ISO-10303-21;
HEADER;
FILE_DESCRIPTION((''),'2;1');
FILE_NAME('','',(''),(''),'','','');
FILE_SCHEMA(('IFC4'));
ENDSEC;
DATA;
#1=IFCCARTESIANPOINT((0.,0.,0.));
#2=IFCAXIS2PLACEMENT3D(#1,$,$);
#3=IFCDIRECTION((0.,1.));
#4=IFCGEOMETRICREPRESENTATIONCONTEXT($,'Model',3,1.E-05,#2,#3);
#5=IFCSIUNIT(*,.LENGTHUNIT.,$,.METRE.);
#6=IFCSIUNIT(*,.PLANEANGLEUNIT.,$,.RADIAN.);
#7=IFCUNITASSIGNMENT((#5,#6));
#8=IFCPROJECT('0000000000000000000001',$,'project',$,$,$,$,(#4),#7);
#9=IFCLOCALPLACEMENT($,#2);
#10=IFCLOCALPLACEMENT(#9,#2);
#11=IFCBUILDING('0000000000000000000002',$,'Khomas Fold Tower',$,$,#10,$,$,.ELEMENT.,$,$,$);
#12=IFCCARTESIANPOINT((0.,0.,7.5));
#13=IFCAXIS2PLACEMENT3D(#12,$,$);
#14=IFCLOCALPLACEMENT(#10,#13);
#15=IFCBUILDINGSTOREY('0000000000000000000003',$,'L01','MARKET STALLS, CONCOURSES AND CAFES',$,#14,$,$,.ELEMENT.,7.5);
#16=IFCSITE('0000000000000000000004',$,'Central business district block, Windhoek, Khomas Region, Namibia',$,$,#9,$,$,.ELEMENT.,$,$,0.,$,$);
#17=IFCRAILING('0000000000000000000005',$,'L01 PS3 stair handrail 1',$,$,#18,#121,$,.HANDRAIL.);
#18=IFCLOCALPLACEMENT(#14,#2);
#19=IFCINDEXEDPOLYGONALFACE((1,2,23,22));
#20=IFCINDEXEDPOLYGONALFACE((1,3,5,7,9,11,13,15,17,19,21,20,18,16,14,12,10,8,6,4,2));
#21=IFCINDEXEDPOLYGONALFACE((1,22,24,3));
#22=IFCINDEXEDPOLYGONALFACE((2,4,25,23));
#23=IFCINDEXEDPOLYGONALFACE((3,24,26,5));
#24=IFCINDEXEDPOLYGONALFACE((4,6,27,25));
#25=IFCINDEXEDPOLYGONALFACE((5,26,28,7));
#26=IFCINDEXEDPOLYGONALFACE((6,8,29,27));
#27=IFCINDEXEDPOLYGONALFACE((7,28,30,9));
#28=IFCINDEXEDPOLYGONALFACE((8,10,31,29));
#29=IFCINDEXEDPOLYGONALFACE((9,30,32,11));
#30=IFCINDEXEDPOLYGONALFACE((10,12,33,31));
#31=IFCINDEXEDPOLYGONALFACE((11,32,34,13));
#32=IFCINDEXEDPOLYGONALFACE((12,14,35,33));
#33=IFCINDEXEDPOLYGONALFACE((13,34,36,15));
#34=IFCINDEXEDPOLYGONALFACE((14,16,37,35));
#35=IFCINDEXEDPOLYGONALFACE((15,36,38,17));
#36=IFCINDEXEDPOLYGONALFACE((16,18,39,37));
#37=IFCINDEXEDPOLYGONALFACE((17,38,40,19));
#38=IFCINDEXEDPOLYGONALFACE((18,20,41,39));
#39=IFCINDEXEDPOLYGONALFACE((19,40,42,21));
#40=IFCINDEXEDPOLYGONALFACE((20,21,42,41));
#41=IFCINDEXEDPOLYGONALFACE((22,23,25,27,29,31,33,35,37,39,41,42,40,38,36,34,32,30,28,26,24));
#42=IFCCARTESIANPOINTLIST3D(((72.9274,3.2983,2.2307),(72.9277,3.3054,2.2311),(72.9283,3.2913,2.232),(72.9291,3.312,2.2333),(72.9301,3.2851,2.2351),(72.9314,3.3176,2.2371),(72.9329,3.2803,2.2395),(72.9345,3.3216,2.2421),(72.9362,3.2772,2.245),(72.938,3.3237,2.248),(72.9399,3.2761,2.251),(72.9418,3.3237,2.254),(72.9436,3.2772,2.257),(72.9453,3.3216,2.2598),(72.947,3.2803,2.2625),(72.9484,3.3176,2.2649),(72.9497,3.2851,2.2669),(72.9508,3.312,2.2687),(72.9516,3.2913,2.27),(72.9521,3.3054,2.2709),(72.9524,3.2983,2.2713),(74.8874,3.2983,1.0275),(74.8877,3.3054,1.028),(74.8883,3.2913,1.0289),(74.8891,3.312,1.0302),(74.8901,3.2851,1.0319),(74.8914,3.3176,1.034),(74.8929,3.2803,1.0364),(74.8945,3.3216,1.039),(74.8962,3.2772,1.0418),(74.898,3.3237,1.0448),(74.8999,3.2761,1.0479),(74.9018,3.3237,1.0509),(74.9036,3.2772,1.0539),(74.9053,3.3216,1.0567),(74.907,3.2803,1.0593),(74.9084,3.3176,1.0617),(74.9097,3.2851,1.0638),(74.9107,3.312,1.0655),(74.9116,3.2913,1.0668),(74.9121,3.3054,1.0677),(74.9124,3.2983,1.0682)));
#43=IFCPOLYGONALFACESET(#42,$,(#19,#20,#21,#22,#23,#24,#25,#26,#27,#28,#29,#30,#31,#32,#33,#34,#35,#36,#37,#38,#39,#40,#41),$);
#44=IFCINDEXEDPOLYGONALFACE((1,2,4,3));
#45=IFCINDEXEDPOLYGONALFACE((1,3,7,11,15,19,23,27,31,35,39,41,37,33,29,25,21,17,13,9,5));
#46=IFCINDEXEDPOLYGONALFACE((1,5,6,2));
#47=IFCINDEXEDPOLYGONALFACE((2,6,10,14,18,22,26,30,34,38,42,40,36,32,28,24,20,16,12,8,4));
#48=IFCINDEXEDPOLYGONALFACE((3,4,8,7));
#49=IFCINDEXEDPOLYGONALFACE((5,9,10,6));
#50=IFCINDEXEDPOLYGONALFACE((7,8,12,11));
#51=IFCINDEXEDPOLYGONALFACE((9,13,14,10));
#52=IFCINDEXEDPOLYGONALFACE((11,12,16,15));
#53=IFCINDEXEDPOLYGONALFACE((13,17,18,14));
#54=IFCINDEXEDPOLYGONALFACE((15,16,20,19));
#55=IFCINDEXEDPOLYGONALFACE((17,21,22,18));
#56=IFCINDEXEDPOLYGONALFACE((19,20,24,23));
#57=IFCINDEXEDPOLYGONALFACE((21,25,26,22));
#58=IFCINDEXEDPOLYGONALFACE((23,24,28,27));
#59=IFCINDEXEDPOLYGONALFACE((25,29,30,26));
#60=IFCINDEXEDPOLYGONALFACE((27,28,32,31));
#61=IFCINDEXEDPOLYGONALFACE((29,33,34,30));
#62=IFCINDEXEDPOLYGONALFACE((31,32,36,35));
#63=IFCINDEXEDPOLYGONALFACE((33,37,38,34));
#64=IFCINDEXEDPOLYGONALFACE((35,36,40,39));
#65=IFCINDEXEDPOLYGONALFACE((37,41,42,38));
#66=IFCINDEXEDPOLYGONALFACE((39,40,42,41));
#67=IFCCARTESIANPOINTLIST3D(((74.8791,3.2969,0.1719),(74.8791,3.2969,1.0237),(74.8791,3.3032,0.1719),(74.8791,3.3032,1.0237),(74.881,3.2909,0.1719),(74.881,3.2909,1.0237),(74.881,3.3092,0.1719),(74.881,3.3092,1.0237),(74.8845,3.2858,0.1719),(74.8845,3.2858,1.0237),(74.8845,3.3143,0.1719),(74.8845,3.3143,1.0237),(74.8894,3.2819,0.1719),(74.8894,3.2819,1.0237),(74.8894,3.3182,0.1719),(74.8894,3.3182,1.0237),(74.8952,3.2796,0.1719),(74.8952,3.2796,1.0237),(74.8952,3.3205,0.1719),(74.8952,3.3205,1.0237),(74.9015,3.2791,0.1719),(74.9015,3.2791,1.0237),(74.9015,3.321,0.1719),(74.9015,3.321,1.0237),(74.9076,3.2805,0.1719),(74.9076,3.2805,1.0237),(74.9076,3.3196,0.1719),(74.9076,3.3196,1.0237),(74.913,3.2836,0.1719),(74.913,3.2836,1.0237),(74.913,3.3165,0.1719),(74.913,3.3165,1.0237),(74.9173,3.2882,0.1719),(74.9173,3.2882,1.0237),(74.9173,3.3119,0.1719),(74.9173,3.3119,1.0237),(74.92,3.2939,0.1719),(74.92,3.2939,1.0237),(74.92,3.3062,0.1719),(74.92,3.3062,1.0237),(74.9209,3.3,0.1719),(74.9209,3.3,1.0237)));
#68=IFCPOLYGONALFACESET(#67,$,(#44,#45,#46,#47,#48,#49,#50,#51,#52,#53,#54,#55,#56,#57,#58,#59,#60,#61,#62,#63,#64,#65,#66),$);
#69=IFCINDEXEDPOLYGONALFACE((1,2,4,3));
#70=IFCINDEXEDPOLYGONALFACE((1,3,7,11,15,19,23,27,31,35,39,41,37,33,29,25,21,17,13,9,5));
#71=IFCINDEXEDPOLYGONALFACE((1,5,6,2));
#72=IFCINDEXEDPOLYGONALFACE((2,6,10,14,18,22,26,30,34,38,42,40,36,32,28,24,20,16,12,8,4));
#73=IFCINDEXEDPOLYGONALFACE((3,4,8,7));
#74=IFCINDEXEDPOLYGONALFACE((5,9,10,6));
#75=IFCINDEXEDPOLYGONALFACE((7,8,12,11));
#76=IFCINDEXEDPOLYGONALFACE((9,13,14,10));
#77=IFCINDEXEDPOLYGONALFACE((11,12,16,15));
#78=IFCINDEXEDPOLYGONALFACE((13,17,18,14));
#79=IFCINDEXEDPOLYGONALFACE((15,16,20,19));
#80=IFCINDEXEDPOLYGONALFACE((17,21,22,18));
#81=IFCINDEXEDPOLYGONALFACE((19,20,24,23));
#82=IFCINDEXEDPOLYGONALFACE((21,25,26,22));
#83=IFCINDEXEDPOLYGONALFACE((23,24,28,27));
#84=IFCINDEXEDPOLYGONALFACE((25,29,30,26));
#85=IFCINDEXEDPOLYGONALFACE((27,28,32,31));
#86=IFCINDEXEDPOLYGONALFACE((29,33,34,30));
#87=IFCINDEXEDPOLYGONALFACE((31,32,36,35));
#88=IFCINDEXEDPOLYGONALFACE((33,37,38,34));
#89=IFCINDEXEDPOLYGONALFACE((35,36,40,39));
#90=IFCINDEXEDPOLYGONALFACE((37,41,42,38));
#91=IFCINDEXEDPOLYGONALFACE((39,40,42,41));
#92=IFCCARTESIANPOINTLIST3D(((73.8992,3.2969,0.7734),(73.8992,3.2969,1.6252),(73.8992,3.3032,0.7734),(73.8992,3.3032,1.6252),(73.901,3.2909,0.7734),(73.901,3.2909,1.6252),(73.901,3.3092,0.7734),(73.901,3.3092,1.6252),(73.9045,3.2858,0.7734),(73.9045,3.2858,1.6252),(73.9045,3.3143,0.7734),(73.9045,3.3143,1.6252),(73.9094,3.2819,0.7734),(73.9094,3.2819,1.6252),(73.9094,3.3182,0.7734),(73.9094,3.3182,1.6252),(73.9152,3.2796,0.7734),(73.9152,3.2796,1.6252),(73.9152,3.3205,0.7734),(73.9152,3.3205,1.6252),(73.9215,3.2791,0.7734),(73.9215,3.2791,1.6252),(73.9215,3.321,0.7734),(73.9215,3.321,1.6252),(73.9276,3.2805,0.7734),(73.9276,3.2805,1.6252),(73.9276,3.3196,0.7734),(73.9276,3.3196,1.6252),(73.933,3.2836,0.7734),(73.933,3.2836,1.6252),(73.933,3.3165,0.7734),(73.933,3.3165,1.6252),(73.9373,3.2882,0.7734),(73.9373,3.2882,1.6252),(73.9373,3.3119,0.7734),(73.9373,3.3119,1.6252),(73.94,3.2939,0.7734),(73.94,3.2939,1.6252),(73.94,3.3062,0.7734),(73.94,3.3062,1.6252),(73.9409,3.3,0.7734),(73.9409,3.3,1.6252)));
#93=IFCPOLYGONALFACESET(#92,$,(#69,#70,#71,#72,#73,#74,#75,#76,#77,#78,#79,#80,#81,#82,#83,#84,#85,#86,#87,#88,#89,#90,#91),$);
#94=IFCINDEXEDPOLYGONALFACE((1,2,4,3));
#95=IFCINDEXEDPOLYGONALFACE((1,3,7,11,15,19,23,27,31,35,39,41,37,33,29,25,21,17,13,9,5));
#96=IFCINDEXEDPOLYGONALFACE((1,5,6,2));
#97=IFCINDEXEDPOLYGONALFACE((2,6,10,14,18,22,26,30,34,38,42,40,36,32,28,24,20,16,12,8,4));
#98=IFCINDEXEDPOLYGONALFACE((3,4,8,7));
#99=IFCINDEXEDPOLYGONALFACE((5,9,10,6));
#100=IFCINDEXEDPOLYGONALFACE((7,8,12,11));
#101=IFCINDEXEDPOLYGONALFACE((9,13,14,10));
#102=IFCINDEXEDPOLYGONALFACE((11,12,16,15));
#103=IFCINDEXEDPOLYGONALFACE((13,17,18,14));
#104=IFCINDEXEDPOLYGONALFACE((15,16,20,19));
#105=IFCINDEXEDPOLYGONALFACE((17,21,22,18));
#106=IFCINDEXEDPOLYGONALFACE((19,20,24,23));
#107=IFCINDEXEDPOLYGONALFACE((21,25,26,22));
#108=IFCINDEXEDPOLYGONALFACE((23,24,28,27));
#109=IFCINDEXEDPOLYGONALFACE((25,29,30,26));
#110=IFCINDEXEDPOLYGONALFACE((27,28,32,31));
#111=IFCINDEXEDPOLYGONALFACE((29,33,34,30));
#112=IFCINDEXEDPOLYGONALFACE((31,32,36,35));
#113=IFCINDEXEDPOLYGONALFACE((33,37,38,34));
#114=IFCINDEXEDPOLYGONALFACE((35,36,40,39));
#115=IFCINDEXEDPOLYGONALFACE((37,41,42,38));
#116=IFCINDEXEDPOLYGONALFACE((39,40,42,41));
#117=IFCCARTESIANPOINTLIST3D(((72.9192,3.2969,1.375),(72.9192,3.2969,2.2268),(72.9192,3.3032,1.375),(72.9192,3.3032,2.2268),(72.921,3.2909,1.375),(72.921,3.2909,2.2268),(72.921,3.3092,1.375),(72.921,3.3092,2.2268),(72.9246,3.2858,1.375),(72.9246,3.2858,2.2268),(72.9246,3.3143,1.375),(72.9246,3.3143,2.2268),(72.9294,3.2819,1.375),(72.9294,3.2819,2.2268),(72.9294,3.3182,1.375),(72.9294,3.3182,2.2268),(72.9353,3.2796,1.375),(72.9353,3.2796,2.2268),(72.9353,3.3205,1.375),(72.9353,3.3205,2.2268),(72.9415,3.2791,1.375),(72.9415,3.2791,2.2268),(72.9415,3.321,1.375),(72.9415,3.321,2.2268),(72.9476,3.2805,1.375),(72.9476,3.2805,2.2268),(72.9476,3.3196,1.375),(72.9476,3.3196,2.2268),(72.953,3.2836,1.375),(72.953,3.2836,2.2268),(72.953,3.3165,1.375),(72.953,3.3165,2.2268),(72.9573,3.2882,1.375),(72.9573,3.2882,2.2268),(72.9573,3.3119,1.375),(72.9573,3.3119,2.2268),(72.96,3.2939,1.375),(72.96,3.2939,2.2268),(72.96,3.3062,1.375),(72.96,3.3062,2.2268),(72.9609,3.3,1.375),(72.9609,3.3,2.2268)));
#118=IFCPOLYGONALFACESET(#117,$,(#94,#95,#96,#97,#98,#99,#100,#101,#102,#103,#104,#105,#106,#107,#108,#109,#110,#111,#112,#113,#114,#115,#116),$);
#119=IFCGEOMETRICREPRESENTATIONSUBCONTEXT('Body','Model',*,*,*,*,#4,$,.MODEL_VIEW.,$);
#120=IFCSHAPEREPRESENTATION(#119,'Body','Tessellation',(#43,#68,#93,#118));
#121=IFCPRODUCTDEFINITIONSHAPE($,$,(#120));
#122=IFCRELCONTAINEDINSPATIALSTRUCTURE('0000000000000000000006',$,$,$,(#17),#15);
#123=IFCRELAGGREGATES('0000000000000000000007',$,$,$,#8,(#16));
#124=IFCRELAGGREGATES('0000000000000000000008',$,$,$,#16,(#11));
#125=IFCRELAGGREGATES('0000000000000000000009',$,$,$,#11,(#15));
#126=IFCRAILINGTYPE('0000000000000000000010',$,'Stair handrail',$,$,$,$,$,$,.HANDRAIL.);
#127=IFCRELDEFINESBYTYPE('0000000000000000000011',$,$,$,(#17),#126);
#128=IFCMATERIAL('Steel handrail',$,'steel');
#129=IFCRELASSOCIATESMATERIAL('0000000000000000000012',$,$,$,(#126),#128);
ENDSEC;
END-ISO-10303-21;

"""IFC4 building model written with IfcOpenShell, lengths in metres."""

from ifc_helpers import new_model, si_unit, direction, frame, origin, origin_2d, place, context, subcontext, project, spatial, circle, extrude, source, transform, mapped, material, type_object, element, save


model = new_model("IFC4")

# Units and contexts
model_context = context("Model", 3, precision=1e-05, world=origin(), true_north=direction((0.0, 1.0)))
body_context = subcontext(model_context, "Body", "Model", "MODEL_VIEW")
ifc_project = project(units=[si_unit("LENGTHUNIT", "METRE"), si_unit("PLANEANGLEUNIT", "RADIAN")], contexts=[model_context])

# Site, building, storey
site_placement = place(None, origin())
site = spatial("IfcSite", under=ifc_project, at=site_placement, Name="Central business district block, Windhoek, Khomas Region, Namibia", CompositionType="ELEMENT", RefElevation=0.0)
building_placement = place(site_placement, origin())
building = spatial("IfcBuilding", under=site, at=building_placement, Name="Khomas Fold Tower", CompositionType="ELEMENT")
storey_placement = place(building_placement, frame((0.0, 0.0, 7.5)))
storey = spatial("IfcBuildingStorey", under=building, at=storey_placement, Name="L01", Description="MARKET STALLS, CONCOURSES AND CAFES", CompositionType="ELEMENT", Elevation=7.5)

# Railing
ifc_material_1 = material(Name="Steel handrail", Category="steel")
railing_type_1 = type_object("IfcRailingType", Name="Stair handrail", PredefinedType="HANDRAIL", material=ifc_material_1)
shared_shape_1 = source(origin(), body_context, "Body", "SweptSolid", [
    extrude(circle(Radius=0.0239, at=origin_2d()), frame((0.0, 0.0, 0.876), z_axis=(-0.852241, 0.0, 0.523149), x_axis=(0.0, -1.0, 0.0)), (0.0, 0.0, 1.0), 2.2998),
    extrude(circle(Radius=0.021, at=origin_2d()), origin(), (0.0, 0.0, 1.0), 0.8518),
    extrude(circle(Radius=0.021, at=origin_2d()), frame((-0.98, 0.0, 0.6016)), (0.0, 0.0, 1.0), 0.8518),
    extrude(circle(Radius=0.021, at=origin_2d()), frame((-1.96, 0.0, 1.2031)), (0.0, 0.0, 1.0), 0.8518),
])
for number, where, name in (
    (1, (74.8999, 3.3, 0.1719), "L01 PS3 stair handrail 1"),
):
    element("IfcRailing", number, at=place(storey_placement, frame(where)), inside=storey, type_object=railing_type_1, Name=name, PredefinedType="HANDRAIL", context=body_context, shape_type="MappedRepresentation", body=[
        mapped(shared_shape_1, transform((0.0, 0.0, 0.0))),
    ])

save(model, "model.ifc")
